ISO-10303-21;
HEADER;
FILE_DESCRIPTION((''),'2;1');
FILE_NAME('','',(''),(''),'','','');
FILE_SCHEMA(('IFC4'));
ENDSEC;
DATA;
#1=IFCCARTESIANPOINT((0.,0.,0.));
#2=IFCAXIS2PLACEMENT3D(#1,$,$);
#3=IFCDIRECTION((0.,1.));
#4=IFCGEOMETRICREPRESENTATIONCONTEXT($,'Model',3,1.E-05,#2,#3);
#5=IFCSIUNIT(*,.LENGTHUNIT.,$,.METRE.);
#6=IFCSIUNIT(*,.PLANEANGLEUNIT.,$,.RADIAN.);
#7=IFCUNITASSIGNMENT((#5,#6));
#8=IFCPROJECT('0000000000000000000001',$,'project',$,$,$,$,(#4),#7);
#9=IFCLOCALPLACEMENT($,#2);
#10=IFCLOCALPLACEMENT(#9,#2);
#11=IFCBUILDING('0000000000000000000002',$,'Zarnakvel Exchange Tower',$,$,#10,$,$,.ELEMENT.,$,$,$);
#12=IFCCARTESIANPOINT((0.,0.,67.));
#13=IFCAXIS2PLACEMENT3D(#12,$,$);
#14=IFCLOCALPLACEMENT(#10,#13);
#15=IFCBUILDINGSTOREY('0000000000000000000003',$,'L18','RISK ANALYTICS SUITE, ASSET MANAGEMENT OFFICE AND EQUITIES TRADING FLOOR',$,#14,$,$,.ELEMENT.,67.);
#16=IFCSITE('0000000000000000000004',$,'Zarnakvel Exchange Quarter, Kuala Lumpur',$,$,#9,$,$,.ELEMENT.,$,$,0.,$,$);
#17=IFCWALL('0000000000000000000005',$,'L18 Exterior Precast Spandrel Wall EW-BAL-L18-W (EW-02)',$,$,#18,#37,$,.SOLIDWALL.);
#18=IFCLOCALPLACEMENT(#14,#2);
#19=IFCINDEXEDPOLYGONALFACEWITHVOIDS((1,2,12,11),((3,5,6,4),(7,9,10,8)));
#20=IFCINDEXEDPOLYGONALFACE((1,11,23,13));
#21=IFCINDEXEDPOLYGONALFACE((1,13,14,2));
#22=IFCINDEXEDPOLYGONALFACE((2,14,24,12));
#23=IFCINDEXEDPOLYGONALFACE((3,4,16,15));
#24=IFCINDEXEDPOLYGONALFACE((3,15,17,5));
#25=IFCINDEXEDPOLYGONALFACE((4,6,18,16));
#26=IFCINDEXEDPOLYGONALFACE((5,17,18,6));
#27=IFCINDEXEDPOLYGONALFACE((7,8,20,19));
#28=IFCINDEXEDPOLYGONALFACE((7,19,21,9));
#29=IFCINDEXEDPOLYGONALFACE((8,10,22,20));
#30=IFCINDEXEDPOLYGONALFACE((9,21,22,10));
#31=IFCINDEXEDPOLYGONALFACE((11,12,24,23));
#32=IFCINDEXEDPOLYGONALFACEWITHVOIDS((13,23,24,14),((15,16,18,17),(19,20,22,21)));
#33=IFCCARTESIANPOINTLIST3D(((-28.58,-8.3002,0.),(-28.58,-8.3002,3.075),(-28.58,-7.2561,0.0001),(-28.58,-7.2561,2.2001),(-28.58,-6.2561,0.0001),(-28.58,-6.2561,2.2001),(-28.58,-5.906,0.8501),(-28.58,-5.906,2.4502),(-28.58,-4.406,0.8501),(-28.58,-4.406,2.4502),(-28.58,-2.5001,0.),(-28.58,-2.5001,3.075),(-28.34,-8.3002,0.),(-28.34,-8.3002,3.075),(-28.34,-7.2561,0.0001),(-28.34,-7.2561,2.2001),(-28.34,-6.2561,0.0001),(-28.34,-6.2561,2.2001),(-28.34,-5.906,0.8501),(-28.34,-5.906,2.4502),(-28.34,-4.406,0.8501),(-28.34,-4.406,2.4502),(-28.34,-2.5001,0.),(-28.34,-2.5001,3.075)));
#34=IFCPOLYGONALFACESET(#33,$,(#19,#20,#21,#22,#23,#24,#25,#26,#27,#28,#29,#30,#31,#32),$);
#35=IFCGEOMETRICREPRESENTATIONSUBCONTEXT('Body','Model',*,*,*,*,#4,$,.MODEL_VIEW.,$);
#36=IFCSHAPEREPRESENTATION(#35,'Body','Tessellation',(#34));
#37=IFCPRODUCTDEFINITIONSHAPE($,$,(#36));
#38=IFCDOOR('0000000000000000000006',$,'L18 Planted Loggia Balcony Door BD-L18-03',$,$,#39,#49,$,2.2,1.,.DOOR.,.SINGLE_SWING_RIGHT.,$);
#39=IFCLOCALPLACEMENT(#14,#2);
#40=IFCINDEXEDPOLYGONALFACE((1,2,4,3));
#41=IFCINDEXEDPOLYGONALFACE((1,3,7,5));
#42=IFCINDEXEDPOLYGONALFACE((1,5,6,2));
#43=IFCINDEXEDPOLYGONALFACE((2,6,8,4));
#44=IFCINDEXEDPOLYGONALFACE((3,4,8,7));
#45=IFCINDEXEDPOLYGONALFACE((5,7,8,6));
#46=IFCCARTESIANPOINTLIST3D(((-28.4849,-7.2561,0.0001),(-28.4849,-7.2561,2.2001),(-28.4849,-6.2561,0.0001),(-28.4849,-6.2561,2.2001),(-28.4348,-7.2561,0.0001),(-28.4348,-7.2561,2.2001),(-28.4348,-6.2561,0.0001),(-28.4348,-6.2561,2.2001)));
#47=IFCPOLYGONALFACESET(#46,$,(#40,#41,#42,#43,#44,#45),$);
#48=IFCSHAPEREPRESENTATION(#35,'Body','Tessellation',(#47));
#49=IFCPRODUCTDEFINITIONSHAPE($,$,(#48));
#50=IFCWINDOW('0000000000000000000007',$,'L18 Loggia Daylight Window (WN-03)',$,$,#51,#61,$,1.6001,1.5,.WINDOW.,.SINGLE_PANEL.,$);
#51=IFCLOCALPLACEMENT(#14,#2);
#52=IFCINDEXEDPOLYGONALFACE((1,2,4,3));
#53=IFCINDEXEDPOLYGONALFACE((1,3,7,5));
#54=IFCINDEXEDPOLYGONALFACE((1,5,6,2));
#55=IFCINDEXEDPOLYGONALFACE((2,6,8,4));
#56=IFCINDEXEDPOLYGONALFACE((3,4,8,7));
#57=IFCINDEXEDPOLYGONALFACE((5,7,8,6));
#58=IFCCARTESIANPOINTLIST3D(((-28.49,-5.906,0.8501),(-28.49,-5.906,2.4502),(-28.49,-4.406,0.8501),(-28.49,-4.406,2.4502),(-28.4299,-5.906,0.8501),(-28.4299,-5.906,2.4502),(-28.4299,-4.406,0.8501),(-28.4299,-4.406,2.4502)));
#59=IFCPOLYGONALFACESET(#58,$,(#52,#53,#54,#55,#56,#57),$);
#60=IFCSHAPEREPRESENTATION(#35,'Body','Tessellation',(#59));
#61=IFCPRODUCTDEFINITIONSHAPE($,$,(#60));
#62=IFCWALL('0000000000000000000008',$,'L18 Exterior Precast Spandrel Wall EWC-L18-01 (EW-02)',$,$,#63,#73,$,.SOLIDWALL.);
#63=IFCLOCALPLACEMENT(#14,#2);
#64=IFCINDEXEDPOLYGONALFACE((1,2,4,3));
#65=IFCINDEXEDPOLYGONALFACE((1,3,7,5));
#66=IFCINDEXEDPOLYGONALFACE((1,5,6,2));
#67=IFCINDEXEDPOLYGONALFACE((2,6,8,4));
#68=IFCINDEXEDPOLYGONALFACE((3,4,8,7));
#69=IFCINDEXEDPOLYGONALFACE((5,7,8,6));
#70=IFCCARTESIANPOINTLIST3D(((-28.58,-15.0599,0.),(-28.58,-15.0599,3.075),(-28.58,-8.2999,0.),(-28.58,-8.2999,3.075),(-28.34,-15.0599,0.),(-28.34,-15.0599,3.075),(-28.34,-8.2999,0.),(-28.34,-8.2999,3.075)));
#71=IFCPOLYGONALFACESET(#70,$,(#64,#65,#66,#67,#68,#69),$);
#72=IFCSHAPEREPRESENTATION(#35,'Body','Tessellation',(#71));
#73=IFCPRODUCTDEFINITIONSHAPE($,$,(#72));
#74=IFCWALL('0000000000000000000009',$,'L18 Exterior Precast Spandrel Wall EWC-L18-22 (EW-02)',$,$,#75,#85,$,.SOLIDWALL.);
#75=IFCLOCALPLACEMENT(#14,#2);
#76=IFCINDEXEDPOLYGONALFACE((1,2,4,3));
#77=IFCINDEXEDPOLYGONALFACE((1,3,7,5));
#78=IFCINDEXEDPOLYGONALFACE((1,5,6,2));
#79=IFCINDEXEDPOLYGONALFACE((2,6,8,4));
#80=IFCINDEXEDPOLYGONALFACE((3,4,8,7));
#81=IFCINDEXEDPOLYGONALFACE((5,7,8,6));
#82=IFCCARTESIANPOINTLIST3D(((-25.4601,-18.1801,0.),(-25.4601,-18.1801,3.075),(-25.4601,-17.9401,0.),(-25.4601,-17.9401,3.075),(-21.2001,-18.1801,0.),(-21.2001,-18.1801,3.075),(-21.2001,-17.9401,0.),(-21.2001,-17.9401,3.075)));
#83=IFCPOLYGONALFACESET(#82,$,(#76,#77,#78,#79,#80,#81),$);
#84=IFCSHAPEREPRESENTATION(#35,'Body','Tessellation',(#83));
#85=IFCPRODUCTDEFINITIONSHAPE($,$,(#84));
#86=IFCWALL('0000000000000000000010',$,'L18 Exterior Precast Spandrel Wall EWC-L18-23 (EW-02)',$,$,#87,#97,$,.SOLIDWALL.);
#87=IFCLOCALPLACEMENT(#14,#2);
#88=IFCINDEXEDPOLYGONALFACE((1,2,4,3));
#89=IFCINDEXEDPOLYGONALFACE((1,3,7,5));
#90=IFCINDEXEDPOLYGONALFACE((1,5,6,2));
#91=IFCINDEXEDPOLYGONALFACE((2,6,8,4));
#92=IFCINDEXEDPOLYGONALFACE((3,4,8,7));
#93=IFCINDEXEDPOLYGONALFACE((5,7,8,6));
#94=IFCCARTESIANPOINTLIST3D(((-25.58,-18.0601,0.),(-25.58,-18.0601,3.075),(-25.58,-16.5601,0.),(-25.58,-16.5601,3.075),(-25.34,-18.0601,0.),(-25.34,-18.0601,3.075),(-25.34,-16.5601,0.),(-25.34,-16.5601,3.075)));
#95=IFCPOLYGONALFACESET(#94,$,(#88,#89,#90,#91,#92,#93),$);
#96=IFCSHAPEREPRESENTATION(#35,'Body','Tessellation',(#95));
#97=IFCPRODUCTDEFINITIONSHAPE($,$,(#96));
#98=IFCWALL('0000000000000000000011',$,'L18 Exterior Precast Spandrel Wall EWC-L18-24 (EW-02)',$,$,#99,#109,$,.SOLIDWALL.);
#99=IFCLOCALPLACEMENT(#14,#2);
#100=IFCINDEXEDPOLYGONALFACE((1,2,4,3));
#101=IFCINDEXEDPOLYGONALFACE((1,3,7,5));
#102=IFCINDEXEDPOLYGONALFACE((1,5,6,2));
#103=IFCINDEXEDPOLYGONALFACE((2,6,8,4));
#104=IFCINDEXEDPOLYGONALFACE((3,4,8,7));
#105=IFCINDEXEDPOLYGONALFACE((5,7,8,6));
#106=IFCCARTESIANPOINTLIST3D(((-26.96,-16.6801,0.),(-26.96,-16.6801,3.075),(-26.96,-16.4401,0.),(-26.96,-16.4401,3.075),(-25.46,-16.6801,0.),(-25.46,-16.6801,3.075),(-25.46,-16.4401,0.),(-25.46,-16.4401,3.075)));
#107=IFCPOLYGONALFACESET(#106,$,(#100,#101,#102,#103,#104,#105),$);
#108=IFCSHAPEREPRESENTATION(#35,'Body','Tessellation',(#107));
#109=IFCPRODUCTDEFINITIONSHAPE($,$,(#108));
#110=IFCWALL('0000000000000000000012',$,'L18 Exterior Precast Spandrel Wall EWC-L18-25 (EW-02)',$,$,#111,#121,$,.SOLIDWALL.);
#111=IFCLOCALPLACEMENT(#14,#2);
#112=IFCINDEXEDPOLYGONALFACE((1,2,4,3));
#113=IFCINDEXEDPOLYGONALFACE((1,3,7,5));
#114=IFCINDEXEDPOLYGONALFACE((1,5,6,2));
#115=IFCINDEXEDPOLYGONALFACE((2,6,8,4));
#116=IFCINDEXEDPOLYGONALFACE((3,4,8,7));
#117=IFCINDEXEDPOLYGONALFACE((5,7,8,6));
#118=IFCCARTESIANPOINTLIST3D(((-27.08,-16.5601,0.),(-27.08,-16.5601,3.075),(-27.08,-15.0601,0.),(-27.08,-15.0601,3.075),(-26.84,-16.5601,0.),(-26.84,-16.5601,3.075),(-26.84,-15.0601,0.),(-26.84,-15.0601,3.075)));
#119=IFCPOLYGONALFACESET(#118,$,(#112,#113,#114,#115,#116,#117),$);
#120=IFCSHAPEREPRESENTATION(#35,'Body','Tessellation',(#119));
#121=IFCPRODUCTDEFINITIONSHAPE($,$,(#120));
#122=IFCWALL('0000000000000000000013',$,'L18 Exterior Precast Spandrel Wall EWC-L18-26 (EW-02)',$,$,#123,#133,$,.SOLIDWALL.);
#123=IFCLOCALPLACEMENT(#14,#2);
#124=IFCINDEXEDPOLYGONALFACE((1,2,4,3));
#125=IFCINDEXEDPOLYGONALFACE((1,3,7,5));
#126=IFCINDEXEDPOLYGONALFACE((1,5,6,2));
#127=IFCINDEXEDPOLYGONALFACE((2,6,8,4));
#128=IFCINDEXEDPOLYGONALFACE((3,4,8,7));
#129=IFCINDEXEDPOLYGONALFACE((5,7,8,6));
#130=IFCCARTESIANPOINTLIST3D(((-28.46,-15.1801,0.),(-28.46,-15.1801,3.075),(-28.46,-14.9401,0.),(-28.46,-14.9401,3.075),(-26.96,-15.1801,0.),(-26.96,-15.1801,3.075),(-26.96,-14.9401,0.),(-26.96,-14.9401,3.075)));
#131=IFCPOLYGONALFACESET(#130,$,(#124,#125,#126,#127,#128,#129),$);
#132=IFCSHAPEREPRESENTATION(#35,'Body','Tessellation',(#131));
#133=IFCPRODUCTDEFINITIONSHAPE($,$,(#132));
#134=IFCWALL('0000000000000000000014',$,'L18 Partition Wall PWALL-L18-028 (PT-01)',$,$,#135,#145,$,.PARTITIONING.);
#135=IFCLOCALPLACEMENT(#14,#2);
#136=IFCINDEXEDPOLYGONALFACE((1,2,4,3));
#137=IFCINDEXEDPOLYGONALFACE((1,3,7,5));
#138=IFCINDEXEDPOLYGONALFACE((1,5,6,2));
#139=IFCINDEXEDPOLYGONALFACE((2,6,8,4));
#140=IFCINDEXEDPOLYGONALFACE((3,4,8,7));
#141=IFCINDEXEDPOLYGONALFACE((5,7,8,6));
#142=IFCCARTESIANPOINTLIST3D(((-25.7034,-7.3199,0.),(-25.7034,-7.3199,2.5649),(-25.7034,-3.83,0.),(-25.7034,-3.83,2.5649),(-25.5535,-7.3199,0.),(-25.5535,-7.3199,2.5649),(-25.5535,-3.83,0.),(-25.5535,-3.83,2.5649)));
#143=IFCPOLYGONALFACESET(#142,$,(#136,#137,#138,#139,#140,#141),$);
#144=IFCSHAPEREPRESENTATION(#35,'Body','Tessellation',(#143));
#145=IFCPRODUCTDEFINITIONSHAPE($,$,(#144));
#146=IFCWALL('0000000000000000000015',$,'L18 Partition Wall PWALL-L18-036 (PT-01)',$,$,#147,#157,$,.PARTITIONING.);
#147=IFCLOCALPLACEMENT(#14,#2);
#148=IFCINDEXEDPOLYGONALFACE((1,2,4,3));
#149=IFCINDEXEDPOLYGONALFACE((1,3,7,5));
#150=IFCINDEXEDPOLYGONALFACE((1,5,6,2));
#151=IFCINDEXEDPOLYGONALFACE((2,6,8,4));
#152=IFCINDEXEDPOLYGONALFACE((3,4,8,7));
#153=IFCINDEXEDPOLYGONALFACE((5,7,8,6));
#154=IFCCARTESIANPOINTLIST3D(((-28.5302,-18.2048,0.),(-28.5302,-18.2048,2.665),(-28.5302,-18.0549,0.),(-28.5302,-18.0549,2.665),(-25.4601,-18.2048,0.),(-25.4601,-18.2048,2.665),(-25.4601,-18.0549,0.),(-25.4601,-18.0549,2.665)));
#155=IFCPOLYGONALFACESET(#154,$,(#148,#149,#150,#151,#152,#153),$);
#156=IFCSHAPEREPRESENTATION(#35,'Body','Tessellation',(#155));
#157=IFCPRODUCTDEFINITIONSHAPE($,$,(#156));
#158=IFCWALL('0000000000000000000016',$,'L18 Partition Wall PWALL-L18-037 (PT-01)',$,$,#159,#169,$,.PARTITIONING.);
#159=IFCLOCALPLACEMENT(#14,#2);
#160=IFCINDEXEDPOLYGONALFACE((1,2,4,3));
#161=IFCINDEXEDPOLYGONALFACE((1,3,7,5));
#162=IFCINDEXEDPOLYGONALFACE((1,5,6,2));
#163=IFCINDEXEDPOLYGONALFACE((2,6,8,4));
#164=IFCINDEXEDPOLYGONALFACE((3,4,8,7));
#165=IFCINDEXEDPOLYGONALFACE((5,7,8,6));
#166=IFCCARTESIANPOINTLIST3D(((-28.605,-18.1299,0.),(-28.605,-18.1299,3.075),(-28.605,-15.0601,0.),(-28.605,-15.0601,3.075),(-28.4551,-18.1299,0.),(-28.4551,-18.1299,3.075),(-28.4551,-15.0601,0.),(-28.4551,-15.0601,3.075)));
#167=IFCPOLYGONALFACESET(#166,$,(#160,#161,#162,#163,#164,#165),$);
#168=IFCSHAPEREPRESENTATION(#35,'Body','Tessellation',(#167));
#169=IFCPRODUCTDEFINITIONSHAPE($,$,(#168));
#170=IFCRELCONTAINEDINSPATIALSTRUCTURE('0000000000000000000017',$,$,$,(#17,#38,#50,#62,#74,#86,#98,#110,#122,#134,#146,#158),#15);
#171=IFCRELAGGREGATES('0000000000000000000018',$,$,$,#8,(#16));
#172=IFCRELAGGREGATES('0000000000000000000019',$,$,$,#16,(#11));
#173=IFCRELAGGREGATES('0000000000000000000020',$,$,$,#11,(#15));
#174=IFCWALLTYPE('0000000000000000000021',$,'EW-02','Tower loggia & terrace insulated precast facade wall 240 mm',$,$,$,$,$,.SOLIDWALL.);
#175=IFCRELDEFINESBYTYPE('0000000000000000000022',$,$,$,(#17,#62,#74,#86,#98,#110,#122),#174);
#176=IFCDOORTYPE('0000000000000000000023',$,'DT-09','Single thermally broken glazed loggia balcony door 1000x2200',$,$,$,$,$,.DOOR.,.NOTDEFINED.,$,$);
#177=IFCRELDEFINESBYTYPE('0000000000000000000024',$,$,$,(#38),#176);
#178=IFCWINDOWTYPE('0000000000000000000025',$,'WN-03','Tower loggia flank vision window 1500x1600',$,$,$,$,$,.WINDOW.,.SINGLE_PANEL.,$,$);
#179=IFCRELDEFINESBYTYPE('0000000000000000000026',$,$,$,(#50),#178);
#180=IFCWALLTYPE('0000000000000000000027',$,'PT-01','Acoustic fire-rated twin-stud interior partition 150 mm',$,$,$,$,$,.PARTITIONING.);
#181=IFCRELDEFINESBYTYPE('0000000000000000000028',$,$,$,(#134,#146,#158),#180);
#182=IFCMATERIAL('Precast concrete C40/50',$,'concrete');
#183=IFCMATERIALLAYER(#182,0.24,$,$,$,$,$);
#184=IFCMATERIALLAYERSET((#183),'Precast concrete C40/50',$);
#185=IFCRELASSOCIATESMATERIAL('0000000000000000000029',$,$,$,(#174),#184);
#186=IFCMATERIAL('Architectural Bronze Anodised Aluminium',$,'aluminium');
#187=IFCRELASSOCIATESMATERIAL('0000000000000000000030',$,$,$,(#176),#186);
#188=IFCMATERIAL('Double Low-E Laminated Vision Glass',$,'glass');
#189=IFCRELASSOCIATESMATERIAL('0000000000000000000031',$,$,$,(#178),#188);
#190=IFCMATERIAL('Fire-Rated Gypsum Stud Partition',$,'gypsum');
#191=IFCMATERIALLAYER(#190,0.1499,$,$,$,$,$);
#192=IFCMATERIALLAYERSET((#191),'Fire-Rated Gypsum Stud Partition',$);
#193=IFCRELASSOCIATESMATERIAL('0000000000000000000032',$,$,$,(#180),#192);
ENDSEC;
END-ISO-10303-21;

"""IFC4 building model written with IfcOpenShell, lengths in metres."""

from ifc_helpers import new_model, si_unit, direction, frame, frame_2d, origin, place, context, subcontext, project, spatial, rectangle, extrude, source, transform, mapped, material, layer, layer_set, type_object, element, fill, save


model = new_model("IFC4")

# Units and contexts
model_context = context("Model", 3, precision=1e-05, world=origin(), true_north=direction((0.0, 1.0)))
body_context = subcontext(model_context, "Body", "Model", "MODEL_VIEW")
ifc_project = project(units=[si_unit("LENGTHUNIT", "METRE"), si_unit("PLANEANGLEUNIT", "RADIAN")], contexts=[model_context])

# Site, building, storey
site_placement = place(None, origin())
site = spatial("IfcSite", under=ifc_project, at=site_placement, Name="Zarnakvel Exchange Quarter, Kuala Lumpur", CompositionType="ELEMENT", RefElevation=0.0)
building_placement = place(site_placement, origin())
building = spatial("IfcBuilding", under=site, at=building_placement, Name="Zarnakvel Exchange Tower", CompositionType="ELEMENT")
storey_placement = place(building_placement, frame((0.0, 0.0, 67.0)))
storey = spatial("IfcBuildingStorey", under=building, at=storey_placement, Name="L18", Description="RISK ANALYTICS SUITE, ASSET MANAGEMENT OFFICE AND EQUITIES TRADING FLOOR", CompositionType="ELEMENT", Elevation=67.0)

# Wall, openings, door, window
ifc_material_1 = material(Name="Precast concrete C40/50", Category="concrete")
ifc_layer_1 = layer(ifc_material_1, 0.24)
ifc_layer_set_1 = layer_set([ifc_layer_1], Name="Precast concrete C40/50")
wall_type_1 = type_object("IfcWallType", Name="EW-02", Description="Tower loggia & terrace insulated precast facade wall 240 mm", PredefinedType="SOLIDWALL", material=ifc_layer_set_1)
wall_1_placement = place(storey_placement, frame((-28.46, -8.3, 0.0), z_axis=(0.0, 0.0, 1.0), x_axis=(0.0, 1.0, 0.0)))
wall_1 = element("IfcWall", 1, at=wall_1_placement, inside=storey, type_object=wall_type_1, Name="L18 Exterior Precast Spandrel Wall EW-BAL-L18-W (EW-02)", PredefinedType="SOLIDWALL", context=body_context, shape_type="SweptSolid", body=[
    extrude(rectangle(XDim=5.8, YDim=0.24, at=frame_2d((2.8999, 0.0))), origin(), (0.0, 0.0, 1.0), 3.075),
])
opening_1_placement = place(wall_1_placement, frame((1.0439, 0.0, 0.0)))
opening_1 = element("IfcOpeningElement", 2, at=opening_1_placement, cuts=wall_1, PredefinedType="OPENING", context=body_context, shape_type="SweptSolid", body=[
    extrude(rectangle(XDim=1.0, YDim=2.2, at=frame_2d((0.5, 1.1001))), frame((0.0, 0.1299, 0.0), z_axis=(0.0, -1.0, 0.0), x_axis=(1.0, 0.0, 0.0)), (0.0, 0.0, 1.0), 0.26),
])
opening_2_placement = place(wall_1_placement, frame((2.394, 0.0, 0.8501)))
opening_2 = element("IfcOpeningElement", 3, at=opening_2_placement, cuts=wall_1, PredefinedType="OPENING", context=body_context, shape_type="SweptSolid", body=[
    extrude(rectangle(XDim=1.5, YDim=1.6001, at=frame_2d((0.75, 0.8))), frame((0.0, 0.1299, 0.0), z_axis=(0.0, -1.0, 0.0), x_axis=(1.0, 0.0, 0.0)), (0.0, 0.0, 1.0), 0.26),
])
ifc_material_2 = material(Name="Architectural Bronze Anodised Aluminium", Category="aluminium")
door_type = type_object("IfcDoorType", Name="DT-09", Description="Single thermally broken glazed loggia balcony door 1000x2200", OperationType="NOTDEFINED", PredefinedType="DOOR", material=ifc_material_2)
shared_shape_1 = source(origin(), body_context, "Body", "SweptSolid", [
    extrude(rectangle(XDim=1.0, YDim=2.2, at=frame_2d((0.5, 1.1001))), frame((0.0, 0.0249, 0.0), z_axis=(0.0, -1.0, 0.0), x_axis=(1.0, 0.0, 0.0)), (0.0, 0.0, 1.0), 0.05),
])
door_placement = place(opening_1_placement, origin())
door = element("IfcDoor", 4, at=door_placement, inside=storey, type_object=door_type, Name="L18 Planted Loggia Balcony Door BD-L18-03", OperationType="SINGLE_SWING_RIGHT", OverallHeight=2.2, OverallWidth=1.0, PredefinedType="DOOR", context=body_context, shape_type="MappedRepresentation", body=[
    mapped(shared_shape_1, transform((0.0, 0.0, 0.0), x_axis=(1.0, 0.0, 0.0), y_axis=(0.0, 1.0, 0.0), z_axis=(0.0, 0.0, 1.0), scale=1.0)),
])
fill(opening_1, door)
ifc_material_3 = material(Name="Double Low-E Laminated Vision Glass", Category="glass")
window_type = type_object("IfcWindowType", Name="WN-03", Description="Tower loggia flank vision window 1500x1600", PartitioningType="SINGLE_PANEL", PredefinedType="WINDOW", material=ifc_material_3)
shared_shape_2 = source(origin(), body_context, "Body", "SweptSolid", [
    extrude(rectangle(XDim=1.5, YDim=1.6001, at=frame_2d((0.75, 0.8))), frame((0.0, 0.03, 0.0), z_axis=(0.0, -1.0, 0.0), x_axis=(1.0, 0.0, 0.0)), (0.0, 0.0, 1.0), 0.0601),
])
window_placement = place(opening_2_placement, origin())
window = element("IfcWindow", 5, at=window_placement, inside=storey, type_object=window_type, Name="L18 Loggia Daylight Window (WN-03)", OverallHeight=1.6001, OverallWidth=1.5, PartitioningType="SINGLE_PANEL", PredefinedType="WINDOW", context=body_context, shape_type="MappedRepresentation", body=[
    mapped(shared_shape_2, transform((0.0, 0.0, 0.0), x_axis=(1.0, 0.0, 0.0), y_axis=(0.0, 1.0, 0.0), z_axis=(0.0, 0.0, 1.0), scale=1.0)),
])
fill(opening_2, window)

# Walls
wall_2_placement = place(storey_placement, frame((-28.46, -8.3, 0.0), z_axis=(0.0, 0.0, 1.0), x_axis=(0.0, -1.0, 0.0)))
element("IfcWall", 6, at=wall_2_placement, inside=storey, type_object=wall_type_1, Name="L18 Exterior Precast Spandrel Wall EWC-L18-01 (EW-02)", PredefinedType="SOLIDWALL", context=body_context, shape_type="SweptSolid", body=[
    extrude(rectangle(XDim=6.76, YDim=0.24, at=frame_2d((3.3799, 0.0))), origin(), (0.0, 0.0, 1.0), 3.075),
])
wall_3_placement = place(storey_placement, frame((-25.46, -18.0601, 0.0), z_axis=(0.0, 0.0, 1.0), x_axis=(1.0, 0.0, 0.0)))
element("IfcWall", 7, at=wall_3_placement, inside=storey, type_object=wall_type_1, Name="L18 Exterior Precast Spandrel Wall EWC-L18-22 (EW-02)", PredefinedType="SOLIDWALL", context=body_context, shape_type="SweptSolid", body=[
    extrude(rectangle(XDim=4.26, YDim=0.24, at=frame_2d((2.1299, 0.0))), origin(), (0.0, 0.0, 1.0), 3.075),
])
for number, where, z_axis, x_axis, name in (
    (8, (-25.46, -16.5601, 0.0), (0.0, 0.0, 1.0), (0.0, -1.0, 0.0), "L18 Exterior Precast Spandrel Wall EWC-L18-23 (EW-02)"),
    (9, (-26.96, -16.5601, 0.0), (0.0, 0.0, 1.0), (1.0, 0.0, 0.0), "L18 Exterior Precast Spandrel Wall EWC-L18-24 (EW-02)"),
    (10, (-26.96, -15.0601, 0.0), (0.0, 0.0, 1.0), (0.0, -1.0, 0.0), "L18 Exterior Precast Spandrel Wall EWC-L18-25 (EW-02)"),
    (11, (-28.46, -15.0601, 0.0), (0.0, 0.0, 1.0), (1.0, 0.0, 0.0), "L18 Exterior Precast Spandrel Wall EWC-L18-26 (EW-02)"),
):
    element("IfcWall", number, at=place(storey_placement, frame(where, z_axis=z_axis, x_axis=x_axis)), inside=storey, type_object=wall_type_1, Name=name, PredefinedType="SOLIDWALL", context=body_context, shape_type="SweptSolid", body=[
        extrude(rectangle(XDim=1.5, YDim=0.24, at=frame_2d((0.75, 0.0))), origin(), (0.0, 0.0, 1.0), 3.075),
    ])
ifc_material_4 = material(Name="Fire-Rated Gypsum Stud Partition", Category="gypsum")
ifc_layer_2 = layer(ifc_material_4, 0.1499)
ifc_layer_set_2 = layer_set([ifc_layer_2], Name="Fire-Rated Gypsum Stud Partition")
wall_type_2 = type_object("IfcWallType", Name="PT-01", Description="Acoustic fire-rated twin-stud interior partition 150 mm", PredefinedType="PARTITIONING", material=ifc_layer_set_2)
wall_4_placement = place(storey_placement, frame((-25.6284, -7.3201, 0.0), z_axis=(0.0, 0.0, 1.0), x_axis=(0.0, 1.0, 0.0)))
element("IfcWall", 12, at=wall_4_placement, inside=storey, type_object=wall_type_2, Name="L18 Partition Wall PWALL-L18-028 (PT-01)", PredefinedType="PARTITIONING", context=body_context, shape_type="SweptSolid", body=[
    extrude(rectangle(XDim=3.49, YDim=0.1499, at=frame_2d((1.7451, 0.0))), origin(), (0.0, 0.0, 1.0), 2.5649),
])
wall_5_placement = place(storey_placement, frame((-25.46, -18.1299, 0.0), z_axis=(0.0, 0.0, 1.0), x_axis=(-1.0, 0.0, 0.0)))
element("IfcWall", 13, at=wall_5_placement, inside=storey, type_object=wall_type_2, Name="L18 Partition Wall PWALL-L18-036 (PT-01)", PredefinedType="PARTITIONING", context=body_context, shape_type="SweptSolid", body=[
    extrude(rectangle(XDim=3.0701, YDim=0.1499, at=frame_2d((1.5352, 0.0))), origin(), (0.0, 0.0, 1.0), 2.665),
])
wall_6_placement = place(storey_placement, frame((-28.53, -18.1299, 0.0), z_axis=(0.0, 0.0, 1.0), x_axis=(0.0, 1.0, 0.0)))
element("IfcWall", 14, at=wall_6_placement, inside=storey, type_object=wall_type_2, Name="L18 Partition Wall PWALL-L18-037 (PT-01)", PredefinedType="PARTITIONING", context=body_context, shape_type="SweptSolid", body=[
    extrude(rectangle(XDim=3.0698, YDim=0.1499, at=frame_2d((1.5349, 0.0))), origin(), (0.0, 0.0, 1.0), 3.075),
])

save(model, "model.ifc")
